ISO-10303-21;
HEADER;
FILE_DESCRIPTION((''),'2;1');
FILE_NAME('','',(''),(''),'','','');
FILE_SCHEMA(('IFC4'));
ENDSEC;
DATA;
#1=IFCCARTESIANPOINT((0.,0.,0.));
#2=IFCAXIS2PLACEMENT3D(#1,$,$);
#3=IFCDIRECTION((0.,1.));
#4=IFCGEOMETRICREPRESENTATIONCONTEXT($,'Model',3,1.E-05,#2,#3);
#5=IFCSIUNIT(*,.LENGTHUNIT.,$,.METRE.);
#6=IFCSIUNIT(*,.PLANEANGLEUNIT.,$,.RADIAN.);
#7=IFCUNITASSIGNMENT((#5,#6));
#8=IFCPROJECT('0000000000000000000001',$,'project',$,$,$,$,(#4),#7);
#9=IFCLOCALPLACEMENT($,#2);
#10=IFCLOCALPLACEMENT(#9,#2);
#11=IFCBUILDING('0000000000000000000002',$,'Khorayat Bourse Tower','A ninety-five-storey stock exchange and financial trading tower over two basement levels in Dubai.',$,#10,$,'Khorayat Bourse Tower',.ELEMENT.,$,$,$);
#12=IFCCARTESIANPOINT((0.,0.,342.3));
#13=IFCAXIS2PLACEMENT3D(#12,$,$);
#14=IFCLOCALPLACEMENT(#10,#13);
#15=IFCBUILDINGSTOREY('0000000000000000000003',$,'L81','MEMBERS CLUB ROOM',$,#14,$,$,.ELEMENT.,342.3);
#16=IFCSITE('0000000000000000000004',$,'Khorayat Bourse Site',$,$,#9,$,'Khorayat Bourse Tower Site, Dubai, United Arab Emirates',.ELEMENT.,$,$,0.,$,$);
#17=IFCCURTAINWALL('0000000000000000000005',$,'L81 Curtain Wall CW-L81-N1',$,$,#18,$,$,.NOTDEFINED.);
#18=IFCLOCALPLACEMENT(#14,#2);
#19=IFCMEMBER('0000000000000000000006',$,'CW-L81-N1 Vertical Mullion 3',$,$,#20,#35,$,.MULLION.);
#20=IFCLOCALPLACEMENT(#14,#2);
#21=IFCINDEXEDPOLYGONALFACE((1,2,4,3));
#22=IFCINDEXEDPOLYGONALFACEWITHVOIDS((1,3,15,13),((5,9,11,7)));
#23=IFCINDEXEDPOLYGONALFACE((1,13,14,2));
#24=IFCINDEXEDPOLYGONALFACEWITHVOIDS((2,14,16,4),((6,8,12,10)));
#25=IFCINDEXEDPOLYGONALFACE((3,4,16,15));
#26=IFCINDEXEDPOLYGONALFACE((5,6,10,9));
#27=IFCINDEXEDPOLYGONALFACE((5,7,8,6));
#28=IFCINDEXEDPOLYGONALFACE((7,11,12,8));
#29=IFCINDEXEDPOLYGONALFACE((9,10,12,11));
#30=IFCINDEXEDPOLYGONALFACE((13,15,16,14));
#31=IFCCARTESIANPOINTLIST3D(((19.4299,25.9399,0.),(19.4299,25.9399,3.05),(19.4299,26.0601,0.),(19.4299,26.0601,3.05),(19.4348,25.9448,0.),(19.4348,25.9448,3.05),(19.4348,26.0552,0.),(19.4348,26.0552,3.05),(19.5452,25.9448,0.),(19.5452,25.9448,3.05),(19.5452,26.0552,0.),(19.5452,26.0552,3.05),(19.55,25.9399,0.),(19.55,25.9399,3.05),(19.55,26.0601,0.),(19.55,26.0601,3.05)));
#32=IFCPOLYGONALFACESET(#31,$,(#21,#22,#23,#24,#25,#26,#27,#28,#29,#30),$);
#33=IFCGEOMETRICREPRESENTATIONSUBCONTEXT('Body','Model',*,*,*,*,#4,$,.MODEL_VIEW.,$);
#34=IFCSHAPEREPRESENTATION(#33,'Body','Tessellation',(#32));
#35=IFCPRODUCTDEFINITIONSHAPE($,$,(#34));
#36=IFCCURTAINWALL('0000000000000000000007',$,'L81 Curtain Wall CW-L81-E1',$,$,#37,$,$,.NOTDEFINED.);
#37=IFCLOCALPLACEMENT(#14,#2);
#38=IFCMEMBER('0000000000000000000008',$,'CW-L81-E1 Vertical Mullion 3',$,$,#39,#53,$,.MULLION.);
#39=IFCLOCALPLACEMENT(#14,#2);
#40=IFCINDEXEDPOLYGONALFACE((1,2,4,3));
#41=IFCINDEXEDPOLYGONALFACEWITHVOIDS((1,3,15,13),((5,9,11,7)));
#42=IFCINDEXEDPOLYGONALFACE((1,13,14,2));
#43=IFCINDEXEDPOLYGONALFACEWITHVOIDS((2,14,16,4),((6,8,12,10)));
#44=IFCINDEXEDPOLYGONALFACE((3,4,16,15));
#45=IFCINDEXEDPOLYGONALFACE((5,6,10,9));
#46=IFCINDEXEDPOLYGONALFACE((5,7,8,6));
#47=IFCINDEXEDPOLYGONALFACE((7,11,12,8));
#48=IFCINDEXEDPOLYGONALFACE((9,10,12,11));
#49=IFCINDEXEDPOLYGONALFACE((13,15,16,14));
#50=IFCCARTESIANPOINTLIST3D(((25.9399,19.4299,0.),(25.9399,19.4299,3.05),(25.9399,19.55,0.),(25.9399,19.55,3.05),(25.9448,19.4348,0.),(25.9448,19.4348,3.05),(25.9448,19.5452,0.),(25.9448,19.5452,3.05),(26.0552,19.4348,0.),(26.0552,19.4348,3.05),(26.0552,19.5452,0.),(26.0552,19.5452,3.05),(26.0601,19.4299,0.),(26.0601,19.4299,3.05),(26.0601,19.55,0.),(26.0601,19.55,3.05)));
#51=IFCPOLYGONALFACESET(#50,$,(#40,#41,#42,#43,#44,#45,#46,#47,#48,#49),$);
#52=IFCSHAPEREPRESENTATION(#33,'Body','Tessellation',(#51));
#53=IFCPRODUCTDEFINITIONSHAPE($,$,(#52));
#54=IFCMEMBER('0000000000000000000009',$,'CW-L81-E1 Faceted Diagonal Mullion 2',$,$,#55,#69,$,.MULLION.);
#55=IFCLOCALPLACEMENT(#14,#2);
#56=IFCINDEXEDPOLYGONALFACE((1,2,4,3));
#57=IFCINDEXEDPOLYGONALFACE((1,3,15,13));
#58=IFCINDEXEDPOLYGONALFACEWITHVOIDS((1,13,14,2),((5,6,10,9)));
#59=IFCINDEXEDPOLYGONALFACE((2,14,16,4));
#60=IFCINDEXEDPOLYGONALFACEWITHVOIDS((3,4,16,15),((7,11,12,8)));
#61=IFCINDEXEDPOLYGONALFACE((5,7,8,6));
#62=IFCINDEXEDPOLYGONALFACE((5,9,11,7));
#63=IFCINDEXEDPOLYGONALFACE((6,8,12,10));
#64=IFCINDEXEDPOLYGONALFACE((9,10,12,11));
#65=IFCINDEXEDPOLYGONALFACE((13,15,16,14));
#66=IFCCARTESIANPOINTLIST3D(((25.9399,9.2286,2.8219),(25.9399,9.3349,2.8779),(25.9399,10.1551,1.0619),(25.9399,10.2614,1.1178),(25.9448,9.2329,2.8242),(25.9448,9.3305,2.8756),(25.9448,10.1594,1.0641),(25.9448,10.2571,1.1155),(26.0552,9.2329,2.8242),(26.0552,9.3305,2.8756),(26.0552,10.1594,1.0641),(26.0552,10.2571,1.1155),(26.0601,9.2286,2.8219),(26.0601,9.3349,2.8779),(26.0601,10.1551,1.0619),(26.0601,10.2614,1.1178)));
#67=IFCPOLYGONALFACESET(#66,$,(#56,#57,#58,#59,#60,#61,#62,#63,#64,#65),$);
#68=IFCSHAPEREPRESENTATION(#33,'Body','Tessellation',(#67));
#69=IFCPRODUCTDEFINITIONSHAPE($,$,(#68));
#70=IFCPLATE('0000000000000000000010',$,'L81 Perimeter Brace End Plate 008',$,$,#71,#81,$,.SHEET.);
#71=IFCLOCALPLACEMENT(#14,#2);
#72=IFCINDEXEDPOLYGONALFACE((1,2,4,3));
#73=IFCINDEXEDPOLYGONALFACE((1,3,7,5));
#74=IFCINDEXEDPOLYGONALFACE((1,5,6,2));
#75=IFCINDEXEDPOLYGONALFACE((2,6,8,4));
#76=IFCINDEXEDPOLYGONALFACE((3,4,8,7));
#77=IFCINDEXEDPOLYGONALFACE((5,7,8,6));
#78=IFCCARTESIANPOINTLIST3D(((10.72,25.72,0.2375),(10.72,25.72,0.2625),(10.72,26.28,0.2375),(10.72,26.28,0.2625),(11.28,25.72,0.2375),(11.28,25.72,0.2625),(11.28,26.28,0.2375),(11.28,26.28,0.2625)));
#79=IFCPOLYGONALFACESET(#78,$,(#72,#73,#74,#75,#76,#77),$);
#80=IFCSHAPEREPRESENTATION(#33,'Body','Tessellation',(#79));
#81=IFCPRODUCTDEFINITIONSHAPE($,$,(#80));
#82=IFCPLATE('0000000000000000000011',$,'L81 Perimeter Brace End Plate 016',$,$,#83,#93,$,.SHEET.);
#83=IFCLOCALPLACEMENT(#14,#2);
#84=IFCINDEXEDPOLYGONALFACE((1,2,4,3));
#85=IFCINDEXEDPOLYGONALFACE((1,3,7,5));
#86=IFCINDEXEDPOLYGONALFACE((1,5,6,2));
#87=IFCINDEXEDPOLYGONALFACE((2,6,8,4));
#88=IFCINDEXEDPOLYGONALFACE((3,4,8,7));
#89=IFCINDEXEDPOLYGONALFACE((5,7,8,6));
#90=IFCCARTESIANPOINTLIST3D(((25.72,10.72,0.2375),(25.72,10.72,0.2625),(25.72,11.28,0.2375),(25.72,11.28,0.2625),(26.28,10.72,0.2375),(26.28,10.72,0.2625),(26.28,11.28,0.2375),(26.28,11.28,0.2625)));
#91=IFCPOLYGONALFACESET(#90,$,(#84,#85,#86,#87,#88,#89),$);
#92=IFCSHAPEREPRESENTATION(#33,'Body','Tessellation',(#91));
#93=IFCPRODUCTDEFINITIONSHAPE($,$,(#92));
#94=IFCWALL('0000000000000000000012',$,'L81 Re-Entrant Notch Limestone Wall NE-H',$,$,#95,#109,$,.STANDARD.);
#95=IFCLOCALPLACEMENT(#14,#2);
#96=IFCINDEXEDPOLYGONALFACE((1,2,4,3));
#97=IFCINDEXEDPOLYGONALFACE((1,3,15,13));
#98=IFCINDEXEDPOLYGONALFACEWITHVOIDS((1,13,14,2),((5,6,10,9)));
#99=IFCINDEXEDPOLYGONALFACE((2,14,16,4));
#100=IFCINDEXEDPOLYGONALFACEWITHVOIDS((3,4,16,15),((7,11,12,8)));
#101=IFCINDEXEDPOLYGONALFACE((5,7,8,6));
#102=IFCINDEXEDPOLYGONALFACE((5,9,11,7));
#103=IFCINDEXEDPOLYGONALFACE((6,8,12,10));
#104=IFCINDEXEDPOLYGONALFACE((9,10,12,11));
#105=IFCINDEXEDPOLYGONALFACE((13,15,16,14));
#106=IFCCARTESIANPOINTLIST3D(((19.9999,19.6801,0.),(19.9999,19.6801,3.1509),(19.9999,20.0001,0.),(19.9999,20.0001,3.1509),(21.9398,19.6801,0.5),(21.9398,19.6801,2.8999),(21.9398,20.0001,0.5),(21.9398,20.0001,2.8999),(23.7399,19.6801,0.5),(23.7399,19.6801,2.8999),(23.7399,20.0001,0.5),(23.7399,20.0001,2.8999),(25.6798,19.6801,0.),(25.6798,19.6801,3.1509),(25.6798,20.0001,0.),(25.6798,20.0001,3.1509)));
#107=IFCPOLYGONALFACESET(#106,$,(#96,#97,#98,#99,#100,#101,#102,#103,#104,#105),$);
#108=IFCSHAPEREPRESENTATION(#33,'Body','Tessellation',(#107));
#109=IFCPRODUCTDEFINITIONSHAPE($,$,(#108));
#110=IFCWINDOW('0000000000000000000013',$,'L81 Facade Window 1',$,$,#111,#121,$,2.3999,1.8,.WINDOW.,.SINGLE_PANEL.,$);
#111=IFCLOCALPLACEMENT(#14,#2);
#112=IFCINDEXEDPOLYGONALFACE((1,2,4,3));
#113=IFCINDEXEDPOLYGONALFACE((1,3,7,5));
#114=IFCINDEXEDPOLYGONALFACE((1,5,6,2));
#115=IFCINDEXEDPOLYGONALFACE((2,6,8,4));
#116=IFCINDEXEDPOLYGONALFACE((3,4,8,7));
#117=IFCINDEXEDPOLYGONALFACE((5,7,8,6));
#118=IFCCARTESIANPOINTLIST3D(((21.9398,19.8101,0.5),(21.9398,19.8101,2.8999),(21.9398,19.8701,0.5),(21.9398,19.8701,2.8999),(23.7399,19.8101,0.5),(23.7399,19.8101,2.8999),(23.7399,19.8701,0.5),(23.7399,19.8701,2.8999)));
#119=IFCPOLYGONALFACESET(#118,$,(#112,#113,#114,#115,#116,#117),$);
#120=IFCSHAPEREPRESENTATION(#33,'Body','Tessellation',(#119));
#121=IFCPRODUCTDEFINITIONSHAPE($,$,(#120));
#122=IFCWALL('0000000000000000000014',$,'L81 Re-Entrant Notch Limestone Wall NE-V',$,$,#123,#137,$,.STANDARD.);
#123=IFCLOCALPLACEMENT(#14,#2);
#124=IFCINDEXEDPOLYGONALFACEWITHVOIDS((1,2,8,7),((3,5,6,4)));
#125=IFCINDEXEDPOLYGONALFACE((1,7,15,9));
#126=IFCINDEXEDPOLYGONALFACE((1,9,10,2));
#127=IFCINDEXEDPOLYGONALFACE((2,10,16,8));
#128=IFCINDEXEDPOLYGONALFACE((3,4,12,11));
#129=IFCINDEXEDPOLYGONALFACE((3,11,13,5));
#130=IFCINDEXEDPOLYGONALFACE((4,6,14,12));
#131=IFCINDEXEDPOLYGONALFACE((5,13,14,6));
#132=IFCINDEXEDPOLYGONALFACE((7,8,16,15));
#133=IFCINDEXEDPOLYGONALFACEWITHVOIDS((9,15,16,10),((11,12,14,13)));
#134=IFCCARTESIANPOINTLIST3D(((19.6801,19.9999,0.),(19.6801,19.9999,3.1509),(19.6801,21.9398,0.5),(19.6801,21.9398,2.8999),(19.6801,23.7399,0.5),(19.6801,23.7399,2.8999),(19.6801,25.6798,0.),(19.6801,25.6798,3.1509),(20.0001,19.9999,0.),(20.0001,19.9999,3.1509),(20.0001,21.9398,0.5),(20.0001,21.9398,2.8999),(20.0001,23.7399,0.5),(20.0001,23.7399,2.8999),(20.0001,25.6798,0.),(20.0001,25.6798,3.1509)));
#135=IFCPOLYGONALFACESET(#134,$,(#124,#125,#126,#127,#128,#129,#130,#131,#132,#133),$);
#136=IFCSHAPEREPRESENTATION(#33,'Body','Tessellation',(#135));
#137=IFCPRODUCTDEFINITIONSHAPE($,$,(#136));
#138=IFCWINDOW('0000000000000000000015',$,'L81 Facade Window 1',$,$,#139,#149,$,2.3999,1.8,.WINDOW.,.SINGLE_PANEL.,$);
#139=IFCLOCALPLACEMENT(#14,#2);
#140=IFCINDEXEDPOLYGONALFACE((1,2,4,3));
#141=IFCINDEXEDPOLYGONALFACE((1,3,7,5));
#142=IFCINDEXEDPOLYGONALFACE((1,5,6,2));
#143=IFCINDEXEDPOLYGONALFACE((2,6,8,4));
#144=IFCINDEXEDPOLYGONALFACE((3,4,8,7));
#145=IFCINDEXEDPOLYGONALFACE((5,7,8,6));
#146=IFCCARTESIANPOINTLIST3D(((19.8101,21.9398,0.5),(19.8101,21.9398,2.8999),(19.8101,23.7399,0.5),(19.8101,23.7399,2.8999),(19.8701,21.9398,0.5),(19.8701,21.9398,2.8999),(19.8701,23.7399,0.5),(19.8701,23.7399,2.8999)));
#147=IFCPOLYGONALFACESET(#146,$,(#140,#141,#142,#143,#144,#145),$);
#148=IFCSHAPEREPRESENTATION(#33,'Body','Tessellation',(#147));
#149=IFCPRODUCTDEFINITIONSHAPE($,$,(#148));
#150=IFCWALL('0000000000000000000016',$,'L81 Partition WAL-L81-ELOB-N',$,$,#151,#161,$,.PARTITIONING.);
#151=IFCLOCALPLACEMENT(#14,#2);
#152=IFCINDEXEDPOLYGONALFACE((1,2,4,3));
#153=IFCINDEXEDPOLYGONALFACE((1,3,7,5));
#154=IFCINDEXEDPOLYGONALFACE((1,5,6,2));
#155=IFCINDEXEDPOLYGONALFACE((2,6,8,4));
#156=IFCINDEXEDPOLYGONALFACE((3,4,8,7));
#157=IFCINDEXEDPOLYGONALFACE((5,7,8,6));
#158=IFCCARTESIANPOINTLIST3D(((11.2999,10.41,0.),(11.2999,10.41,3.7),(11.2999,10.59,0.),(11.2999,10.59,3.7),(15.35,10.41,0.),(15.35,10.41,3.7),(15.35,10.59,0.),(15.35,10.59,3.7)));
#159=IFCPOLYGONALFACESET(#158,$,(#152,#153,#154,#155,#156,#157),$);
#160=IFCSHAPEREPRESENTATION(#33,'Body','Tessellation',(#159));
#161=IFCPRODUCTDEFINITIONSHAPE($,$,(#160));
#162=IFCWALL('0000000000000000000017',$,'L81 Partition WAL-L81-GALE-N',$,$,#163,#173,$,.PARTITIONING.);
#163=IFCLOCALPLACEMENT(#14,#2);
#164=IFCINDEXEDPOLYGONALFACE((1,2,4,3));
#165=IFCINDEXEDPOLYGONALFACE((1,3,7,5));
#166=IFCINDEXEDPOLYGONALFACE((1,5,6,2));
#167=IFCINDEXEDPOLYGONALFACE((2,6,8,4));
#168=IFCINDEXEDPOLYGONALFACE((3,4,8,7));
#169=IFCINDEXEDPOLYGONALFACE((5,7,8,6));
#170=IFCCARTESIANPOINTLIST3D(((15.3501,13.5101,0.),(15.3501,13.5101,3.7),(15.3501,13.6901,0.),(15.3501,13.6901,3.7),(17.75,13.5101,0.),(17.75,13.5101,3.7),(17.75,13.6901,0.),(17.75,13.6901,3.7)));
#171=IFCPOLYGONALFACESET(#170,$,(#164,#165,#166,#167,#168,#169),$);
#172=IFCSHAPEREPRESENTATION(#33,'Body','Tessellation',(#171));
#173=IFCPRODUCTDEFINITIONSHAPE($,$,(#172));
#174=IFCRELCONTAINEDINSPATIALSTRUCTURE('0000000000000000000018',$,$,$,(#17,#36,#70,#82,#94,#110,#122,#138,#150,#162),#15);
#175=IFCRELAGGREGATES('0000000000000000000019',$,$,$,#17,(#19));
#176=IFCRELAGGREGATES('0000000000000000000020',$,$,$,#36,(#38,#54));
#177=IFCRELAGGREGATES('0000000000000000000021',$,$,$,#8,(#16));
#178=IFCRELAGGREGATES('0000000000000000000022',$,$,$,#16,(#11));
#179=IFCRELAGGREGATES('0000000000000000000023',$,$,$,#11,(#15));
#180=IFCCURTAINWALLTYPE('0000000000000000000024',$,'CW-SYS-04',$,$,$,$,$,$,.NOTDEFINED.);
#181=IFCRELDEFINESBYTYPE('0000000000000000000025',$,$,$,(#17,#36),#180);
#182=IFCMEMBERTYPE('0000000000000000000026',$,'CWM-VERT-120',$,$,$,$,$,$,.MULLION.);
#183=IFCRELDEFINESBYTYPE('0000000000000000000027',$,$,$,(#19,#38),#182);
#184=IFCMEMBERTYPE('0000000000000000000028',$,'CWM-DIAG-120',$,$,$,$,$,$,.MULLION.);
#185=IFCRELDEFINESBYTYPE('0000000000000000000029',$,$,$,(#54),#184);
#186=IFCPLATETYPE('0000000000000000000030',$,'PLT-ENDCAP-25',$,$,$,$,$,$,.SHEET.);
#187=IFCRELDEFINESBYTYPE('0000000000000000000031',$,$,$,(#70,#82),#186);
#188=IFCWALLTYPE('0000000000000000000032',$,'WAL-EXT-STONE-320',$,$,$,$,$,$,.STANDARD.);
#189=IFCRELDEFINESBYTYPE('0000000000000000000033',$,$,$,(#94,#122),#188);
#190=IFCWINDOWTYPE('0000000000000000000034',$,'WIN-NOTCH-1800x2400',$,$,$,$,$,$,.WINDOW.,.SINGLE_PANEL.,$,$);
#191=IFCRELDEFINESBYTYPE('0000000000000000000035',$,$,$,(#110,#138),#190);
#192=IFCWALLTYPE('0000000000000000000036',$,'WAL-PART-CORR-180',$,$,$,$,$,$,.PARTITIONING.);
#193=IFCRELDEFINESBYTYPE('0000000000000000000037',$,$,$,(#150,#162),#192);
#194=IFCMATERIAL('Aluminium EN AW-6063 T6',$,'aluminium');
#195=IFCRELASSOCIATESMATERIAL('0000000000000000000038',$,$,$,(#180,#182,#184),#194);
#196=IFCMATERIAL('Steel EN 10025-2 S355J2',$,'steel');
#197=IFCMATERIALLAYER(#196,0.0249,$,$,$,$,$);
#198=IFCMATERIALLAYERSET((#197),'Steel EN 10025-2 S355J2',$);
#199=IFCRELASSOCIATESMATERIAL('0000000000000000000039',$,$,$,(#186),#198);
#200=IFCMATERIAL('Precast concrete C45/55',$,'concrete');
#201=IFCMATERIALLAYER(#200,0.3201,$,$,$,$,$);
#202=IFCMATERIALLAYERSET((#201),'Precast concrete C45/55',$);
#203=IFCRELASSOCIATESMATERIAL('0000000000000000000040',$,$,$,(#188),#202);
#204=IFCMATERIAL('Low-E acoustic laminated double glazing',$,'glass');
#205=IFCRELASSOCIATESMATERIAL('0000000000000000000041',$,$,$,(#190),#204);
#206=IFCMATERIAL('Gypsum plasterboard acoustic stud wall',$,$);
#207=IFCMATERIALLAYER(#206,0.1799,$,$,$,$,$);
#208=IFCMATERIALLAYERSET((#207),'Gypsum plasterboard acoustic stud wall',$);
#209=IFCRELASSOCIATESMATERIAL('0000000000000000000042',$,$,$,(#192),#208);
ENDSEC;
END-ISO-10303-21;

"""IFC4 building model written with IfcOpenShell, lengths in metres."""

from ifc_helpers import new_model, si_unit, direction, frame, frame_2d, origin, origin_2d, place, context, subcontext, project, spatial, rectangle, hollow_rectangle, extrude, source, transform, mapped, material, layer, layer_set, material_profile, profile_set, type_object, element, fill, aggregate, save


model = new_model("IFC4")

# Units and contexts
model_context = context("Model", 3, precision=1e-05, world=origin(), true_north=direction((0.0, 1.0)))
body_context = subcontext(model_context, "Body", "Model", "MODEL_VIEW")
ifc_project = project(units=[si_unit("LENGTHUNIT", "METRE"), si_unit("PLANEANGLEUNIT", "RADIAN")], contexts=[model_context])

# Site, building, storey
site_placement = place(None, origin())
site = spatial("IfcSite", under=ifc_project, at=site_placement, Name="Khorayat Bourse Site", LongName="Khorayat Bourse Tower Site, Dubai, United Arab Emirates", CompositionType="ELEMENT", RefElevation=0.0)
building_placement = place(site_placement, origin())
building = spatial("IfcBuilding", under=site, at=building_placement, Name="Khorayat Bourse Tower", Description="A ninety-five-storey stock exchange and financial trading tower over two basement levels in Dubai.", LongName="Khorayat Bourse Tower", CompositionType="ELEMENT")
storey_placement = place(building_placement, frame((0.0, 0.0, 342.3)))
storey = spatial("IfcBuildingStorey", under=building, at=storey_placement, Name="L81", Description="MEMBERS CLUB ROOM", CompositionType="ELEMENT", Elevation=342.3)

# Shared definitions
ifc_material_1 = material(Name="Steel EN 10025-2 S355J2", Category="steel")

# Curtain wall, member
ifc_material_2 = material(Name="Aluminium EN AW-6063 T6", Category="aluminium")
curtain_wall_type = type_object("IfcCurtainWallType", Name="CW-SYS-04", PredefinedType="NOTDEFINED", material=ifc_material_2)
curtain_wall_1_placement = place(storey_placement, origin())
curtain_wall_1 = element("IfcCurtainWall", 1, at=curtain_wall_1_placement, inside=storey, type_object=curtain_wall_type, Name="L81 Curtain Wall CW-L81-N1", PredefinedType="NOTDEFINED")
ifc_material_profile_1 = material_profile(ifc_material_2, hollow_rectangle(XDim=0.1201, YDim=0.1201, WallThickness=0.0049, at=origin_2d()), Name="ALU 120x120x5")
ifc_profile_set_1 = profile_set([ifc_material_profile_1], Name="Aluminium EN AW-6063 T6")
member_type_1 = type_object("IfcMemberType", Name="CWM-VERT-120", PredefinedType="MULLION", material=ifc_profile_set_1)
shared_shape_1 = source(origin(), body_context, "Body", "SweptSolid", [
    extrude(hollow_rectangle(XDim=0.1201, YDim=0.1201, WallThickness=0.0049, at=origin_2d()), origin(), (0.0, 0.0, 1.0), 3.05),
])
member_1_placement = place(storey_placement, frame((19.49, 26.0, 0.0), z_axis=(0.0, 0.0, 1.0), x_axis=(0.0, 1.0, 0.0)))
member_1 = element("IfcMember", 2, at=member_1_placement, type_object=member_type_1, Name="CW-L81-N1 Vertical Mullion 3", PredefinedType="MULLION", context=body_context, shape_type="MappedRepresentation", body=[
    mapped(shared_shape_1, transform((0.0, 0.0, 0.0), scale=1.0)),
])
aggregate(curtain_wall_1, [member_1])

# Curtain wall, members
curtain_wall_2_placement = place(storey_placement, origin())
curtain_wall_2 = element("IfcCurtainWall", 3, at=curtain_wall_2_placement, inside=storey, type_object=curtain_wall_type, Name="L81 Curtain Wall CW-L81-E1", PredefinedType="NOTDEFINED")
member_2_placement = place(storey_placement, frame((26.0, 19.49, 0.0), z_axis=(0.0, 0.0, 1.0), x_axis=(-1.0, 0.0, 0.0)))
member_2 = element("IfcMember", 4, at=member_2_placement, type_object=member_type_1, Name="CW-L81-E1 Vertical Mullion 3", PredefinedType="MULLION", context=body_context, shape_type="MappedRepresentation", body=[
    mapped(shared_shape_1, transform((0.0, 0.0, 0.0), scale=1.0)),
])
ifc_material_profile_2 = material_profile(ifc_material_2, hollow_rectangle(XDim=0.1201, YDim=0.1201, WallThickness=0.0049, at=origin_2d()), Name="ALU 120x120x5")
ifc_profile_set_2 = profile_set([ifc_material_profile_2], Name="Aluminium EN AW-6063 T6")
member_type_2 = type_object("IfcMemberType", Name="CWM-DIAG-120", PredefinedType="MULLION", material=ifc_profile_set_2)
shared_shape_2 = source(origin(), body_context, "Body", "SweptSolid", [
    extrude(hollow_rectangle(XDim=0.1201, YDim=0.1201, WallThickness=0.0049, at=origin_2d()), origin(), (0.0, 0.0, 1.0), 1.989),
])
member_3_placement = place(storey_placement, frame((26.0, 10.2083, 1.0898), z_axis=(0.0, -0.465822, 0.884878), x_axis=(1.0, 0.0, 0.0)))
member_3 = element("IfcMember", 5, at=member_3_placement, type_object=member_type_2, Name="CW-L81-E1 Faceted Diagonal Mullion 2", PredefinedType="MULLION", context=body_context, shape_type="MappedRepresentation", body=[
    mapped(shared_shape_2, transform((0.0, 0.0, 0.0), scale=1.0)),
])
aggregate(curtain_wall_2, [member_2, member_3])

# Plates
ifc_layer_1 = layer(ifc_material_1, 0.0249)
ifc_layer_set_1 = layer_set([ifc_layer_1], Name="Steel EN 10025-2 S355J2")
plate_type = type_object("IfcPlateType", Name="PLT-ENDCAP-25", PredefinedType="SHEET", material=ifc_layer_set_1)
shared_shape_3 = source(origin(), body_context, "Body", "SweptSolid", [
    extrude(rectangle(XDim=0.5601, YDim=0.5601, at=origin_2d()), origin(), (0.0, 0.0, 1.0), 0.0249),
])
for number, where, z_axis, x_axis, name in (
    (6, (11.0, 26.0, 0.2375), (0.0, 0.0, 1.0), (1.0, 0.0, 0.0), "L81 Perimeter Brace End Plate 008"),
    (7, (26.0, 11.0, 0.2375), (0.0, 0.0, 1.0), (1.0, 0.0, 0.0), "L81 Perimeter Brace End Plate 016"),
):
    element("IfcPlate", number, at=place(storey_placement, frame(where, z_axis=z_axis, x_axis=x_axis)), inside=storey, type_object=plate_type, Name=name, PredefinedType="SHEET", context=body_context, shape_type="MappedRepresentation", body=[
        mapped(shared_shape_3, transform((0.0, 0.0, 0.0), scale=1.0)),
    ])

# Walls, openings, windows
ifc_material_3 = material(Name="Precast concrete C45/55", Category="concrete")
ifc_layer_2 = layer(ifc_material_3, 0.3201)
ifc_layer_set_2 = layer_set([ifc_layer_2], Name="Precast concrete C45/55")
wall_type_1 = type_object("IfcWallType", Name="WAL-EXT-STONE-320", PredefinedType="STANDARD", material=ifc_layer_set_2)
shared_shape_4 = source(origin(), body_context, "Body", "SweptSolid", [
    extrude(rectangle(XDim=5.6799, YDim=0.3201, at=frame_2d((2.8398, 0.0))), origin(), (0.0, 0.0, 1.0), 3.1509),
])
wall_1_placement = place(storey_placement, frame((20.0, 19.8401, 0.0), z_axis=(0.0, 0.0, 1.0), x_axis=(1.0, 0.0, 0.0)))
wall_1 = element("IfcWall", 8, at=wall_1_placement, inside=storey, type_object=wall_type_1, Name="L81 Re-Entrant Notch Limestone Wall NE-H", PredefinedType="STANDARD", context=body_context, shape_type="MappedRepresentation", body=[
    mapped(shared_shape_4, transform((0.0, 0.0, 0.0), scale=1.0)),
])
shared_shape_5 = source(origin(), body_context, "Body", "SweptSolid", [
    extrude(rectangle(XDim=1.8, YDim=2.3999, at=frame_2d((0.8999, 1.2))), frame((0.0, 0.1699, 0.0), z_axis=(0.0, -1.0, 0.0), x_axis=(1.0, 0.0, 0.0)), (0.0, 0.0, 1.0), 0.3401),
])
opening_1_placement = place(wall_1_placement, frame((1.9399, 0.0, 0.5)))
opening_1 = element("IfcOpeningElement", 9, at=opening_1_placement, cuts=wall_1, PredefinedType="OPENING", context=body_context, shape_type="MappedRepresentation", body=[
    mapped(shared_shape_5, transform((0.0, 0.0, 0.0), scale=1.0)),
])
ifc_material_4 = material(Name="Low-E acoustic laminated double glazing", Category="glass")
window_type = type_object("IfcWindowType", Name="WIN-NOTCH-1800x2400", PartitioningType="SINGLE_PANEL", PredefinedType="WINDOW", material=ifc_material_4)
shared_shape_6 = source(origin(), body_context, "Body", "SweptSolid", [
    extrude(rectangle(XDim=1.8, YDim=2.3999, at=frame_2d((0.8999, 1.2))), frame((0.0, 0.03, 0.0), z_axis=(0.0, -1.0, 0.0), x_axis=(1.0, 0.0, 0.0)), (0.0, 0.0, 1.0), 0.0601),
])
window_1_placement = place(opening_1_placement, origin())
window_1 = element("IfcWindow", 10, at=window_1_placement, inside=storey, type_object=window_type, Name="L81 Facade Window 1", OverallHeight=2.3999, OverallWidth=1.8, PartitioningType="SINGLE_PANEL", PredefinedType="WINDOW", context=body_context, shape_type="MappedRepresentation", body=[
    mapped(shared_shape_6, transform((0.0, 0.0, 0.0), scale=1.0)),
])
fill(opening_1, window_1)
wall_2_placement = place(storey_placement, frame((19.8401, 20.0, 0.0), z_axis=(0.0, 0.0, 1.0), x_axis=(0.0, 1.0, 0.0)))
wall_2 = element("IfcWall", 11, at=wall_2_placement, inside=storey, type_object=wall_type_1, Name="L81 Re-Entrant Notch Limestone Wall NE-V", PredefinedType="STANDARD", context=body_context, shape_type="MappedRepresentation", body=[
    mapped(shared_shape_4, transform((0.0, 0.0, 0.0), scale=1.0)),
])
opening_2_placement = place(wall_2_placement, frame((1.9399, 0.0, 0.5)))
opening_2 = element("IfcOpeningElement", 12, at=opening_2_placement, cuts=wall_2, PredefinedType="OPENING", context=body_context, shape_type="MappedRepresentation", body=[
    mapped(shared_shape_5, transform((0.0, 0.0, 0.0), scale=1.0)),
])
window_2_placement = place(opening_2_placement, origin())
window_2 = element("IfcWindow", 13, at=window_2_placement, inside=storey, type_object=window_type, Name="L81 Facade Window 1", OverallHeight=2.3999, OverallWidth=1.8, PartitioningType="SINGLE_PANEL", PredefinedType="WINDOW", context=body_context, shape_type="MappedRepresentation", body=[
    mapped(shared_shape_6, transform((0.0, 0.0, 0.0), scale=1.0)),
])
fill(opening_2, window_2)

# Walls
ifc_material_5 = material(Name="Gypsum plasterboard acoustic stud wall")
ifc_layer_3 = layer(ifc_material_5, 0.1799)
ifc_layer_set_3 = layer_set([ifc_layer_3], Name="Gypsum plasterboard acoustic stud wall")
wall_type_2 = type_object("IfcWallType", Name="WAL-PART-CORR-180", PredefinedType="PARTITIONING", material=ifc_layer_set_3)
shared_shape_7 = source(origin(), body_context, "Body", "SweptSolid", [
    extrude(rectangle(XDim=4.05, YDim=0.1799, at=frame_2d((2.0249, 0.0))), origin(), (0.0, 0.0, 1.0), 3.7),
])
wall_3_placement = place(storey_placement, frame((11.3, 10.5, 0.0), z_axis=(0.0, 0.0, 1.0), x_axis=(1.0, 0.0, 0.0)))
element("IfcWall", 14, at=wall_3_placement, inside=storey, type_object=wall_type_2, Name="L81 Partition WAL-L81-ELOB-N", PredefinedType="PARTITIONING", context=body_context, shape_type="MappedRepresentation", body=[
    mapped(shared_shape_7, transform((0.0, 0.0, 0.0), scale=1.0)),
])
shared_shape_8 = source(origin(), body_context, "Body", "SweptSolid", [
    extrude(rectangle(XDim=2.3999, YDim=0.1799, at=frame_2d((1.2, 0.0))), origin(), (0.0, 0.0, 1.0), 3.7),
])
wall_4_placement = place(storey_placement, frame((15.3501, 13.6001, 0.0), z_axis=(0.0, 0.0, 1.0), x_axis=(1.0, 0.0, 0.0)))
element("IfcWall", 15, at=wall_4_placement, inside=storey, type_object=wall_type_2, Name="L81 Partition WAL-L81-GALE-N", PredefinedType="PARTITIONING", context=body_context, shape_type="MappedRepresentation", body=[
    mapped(shared_shape_8, transform((0.0, 0.0, 0.0), scale=1.0)),
])

save(model, "model.ifc")
